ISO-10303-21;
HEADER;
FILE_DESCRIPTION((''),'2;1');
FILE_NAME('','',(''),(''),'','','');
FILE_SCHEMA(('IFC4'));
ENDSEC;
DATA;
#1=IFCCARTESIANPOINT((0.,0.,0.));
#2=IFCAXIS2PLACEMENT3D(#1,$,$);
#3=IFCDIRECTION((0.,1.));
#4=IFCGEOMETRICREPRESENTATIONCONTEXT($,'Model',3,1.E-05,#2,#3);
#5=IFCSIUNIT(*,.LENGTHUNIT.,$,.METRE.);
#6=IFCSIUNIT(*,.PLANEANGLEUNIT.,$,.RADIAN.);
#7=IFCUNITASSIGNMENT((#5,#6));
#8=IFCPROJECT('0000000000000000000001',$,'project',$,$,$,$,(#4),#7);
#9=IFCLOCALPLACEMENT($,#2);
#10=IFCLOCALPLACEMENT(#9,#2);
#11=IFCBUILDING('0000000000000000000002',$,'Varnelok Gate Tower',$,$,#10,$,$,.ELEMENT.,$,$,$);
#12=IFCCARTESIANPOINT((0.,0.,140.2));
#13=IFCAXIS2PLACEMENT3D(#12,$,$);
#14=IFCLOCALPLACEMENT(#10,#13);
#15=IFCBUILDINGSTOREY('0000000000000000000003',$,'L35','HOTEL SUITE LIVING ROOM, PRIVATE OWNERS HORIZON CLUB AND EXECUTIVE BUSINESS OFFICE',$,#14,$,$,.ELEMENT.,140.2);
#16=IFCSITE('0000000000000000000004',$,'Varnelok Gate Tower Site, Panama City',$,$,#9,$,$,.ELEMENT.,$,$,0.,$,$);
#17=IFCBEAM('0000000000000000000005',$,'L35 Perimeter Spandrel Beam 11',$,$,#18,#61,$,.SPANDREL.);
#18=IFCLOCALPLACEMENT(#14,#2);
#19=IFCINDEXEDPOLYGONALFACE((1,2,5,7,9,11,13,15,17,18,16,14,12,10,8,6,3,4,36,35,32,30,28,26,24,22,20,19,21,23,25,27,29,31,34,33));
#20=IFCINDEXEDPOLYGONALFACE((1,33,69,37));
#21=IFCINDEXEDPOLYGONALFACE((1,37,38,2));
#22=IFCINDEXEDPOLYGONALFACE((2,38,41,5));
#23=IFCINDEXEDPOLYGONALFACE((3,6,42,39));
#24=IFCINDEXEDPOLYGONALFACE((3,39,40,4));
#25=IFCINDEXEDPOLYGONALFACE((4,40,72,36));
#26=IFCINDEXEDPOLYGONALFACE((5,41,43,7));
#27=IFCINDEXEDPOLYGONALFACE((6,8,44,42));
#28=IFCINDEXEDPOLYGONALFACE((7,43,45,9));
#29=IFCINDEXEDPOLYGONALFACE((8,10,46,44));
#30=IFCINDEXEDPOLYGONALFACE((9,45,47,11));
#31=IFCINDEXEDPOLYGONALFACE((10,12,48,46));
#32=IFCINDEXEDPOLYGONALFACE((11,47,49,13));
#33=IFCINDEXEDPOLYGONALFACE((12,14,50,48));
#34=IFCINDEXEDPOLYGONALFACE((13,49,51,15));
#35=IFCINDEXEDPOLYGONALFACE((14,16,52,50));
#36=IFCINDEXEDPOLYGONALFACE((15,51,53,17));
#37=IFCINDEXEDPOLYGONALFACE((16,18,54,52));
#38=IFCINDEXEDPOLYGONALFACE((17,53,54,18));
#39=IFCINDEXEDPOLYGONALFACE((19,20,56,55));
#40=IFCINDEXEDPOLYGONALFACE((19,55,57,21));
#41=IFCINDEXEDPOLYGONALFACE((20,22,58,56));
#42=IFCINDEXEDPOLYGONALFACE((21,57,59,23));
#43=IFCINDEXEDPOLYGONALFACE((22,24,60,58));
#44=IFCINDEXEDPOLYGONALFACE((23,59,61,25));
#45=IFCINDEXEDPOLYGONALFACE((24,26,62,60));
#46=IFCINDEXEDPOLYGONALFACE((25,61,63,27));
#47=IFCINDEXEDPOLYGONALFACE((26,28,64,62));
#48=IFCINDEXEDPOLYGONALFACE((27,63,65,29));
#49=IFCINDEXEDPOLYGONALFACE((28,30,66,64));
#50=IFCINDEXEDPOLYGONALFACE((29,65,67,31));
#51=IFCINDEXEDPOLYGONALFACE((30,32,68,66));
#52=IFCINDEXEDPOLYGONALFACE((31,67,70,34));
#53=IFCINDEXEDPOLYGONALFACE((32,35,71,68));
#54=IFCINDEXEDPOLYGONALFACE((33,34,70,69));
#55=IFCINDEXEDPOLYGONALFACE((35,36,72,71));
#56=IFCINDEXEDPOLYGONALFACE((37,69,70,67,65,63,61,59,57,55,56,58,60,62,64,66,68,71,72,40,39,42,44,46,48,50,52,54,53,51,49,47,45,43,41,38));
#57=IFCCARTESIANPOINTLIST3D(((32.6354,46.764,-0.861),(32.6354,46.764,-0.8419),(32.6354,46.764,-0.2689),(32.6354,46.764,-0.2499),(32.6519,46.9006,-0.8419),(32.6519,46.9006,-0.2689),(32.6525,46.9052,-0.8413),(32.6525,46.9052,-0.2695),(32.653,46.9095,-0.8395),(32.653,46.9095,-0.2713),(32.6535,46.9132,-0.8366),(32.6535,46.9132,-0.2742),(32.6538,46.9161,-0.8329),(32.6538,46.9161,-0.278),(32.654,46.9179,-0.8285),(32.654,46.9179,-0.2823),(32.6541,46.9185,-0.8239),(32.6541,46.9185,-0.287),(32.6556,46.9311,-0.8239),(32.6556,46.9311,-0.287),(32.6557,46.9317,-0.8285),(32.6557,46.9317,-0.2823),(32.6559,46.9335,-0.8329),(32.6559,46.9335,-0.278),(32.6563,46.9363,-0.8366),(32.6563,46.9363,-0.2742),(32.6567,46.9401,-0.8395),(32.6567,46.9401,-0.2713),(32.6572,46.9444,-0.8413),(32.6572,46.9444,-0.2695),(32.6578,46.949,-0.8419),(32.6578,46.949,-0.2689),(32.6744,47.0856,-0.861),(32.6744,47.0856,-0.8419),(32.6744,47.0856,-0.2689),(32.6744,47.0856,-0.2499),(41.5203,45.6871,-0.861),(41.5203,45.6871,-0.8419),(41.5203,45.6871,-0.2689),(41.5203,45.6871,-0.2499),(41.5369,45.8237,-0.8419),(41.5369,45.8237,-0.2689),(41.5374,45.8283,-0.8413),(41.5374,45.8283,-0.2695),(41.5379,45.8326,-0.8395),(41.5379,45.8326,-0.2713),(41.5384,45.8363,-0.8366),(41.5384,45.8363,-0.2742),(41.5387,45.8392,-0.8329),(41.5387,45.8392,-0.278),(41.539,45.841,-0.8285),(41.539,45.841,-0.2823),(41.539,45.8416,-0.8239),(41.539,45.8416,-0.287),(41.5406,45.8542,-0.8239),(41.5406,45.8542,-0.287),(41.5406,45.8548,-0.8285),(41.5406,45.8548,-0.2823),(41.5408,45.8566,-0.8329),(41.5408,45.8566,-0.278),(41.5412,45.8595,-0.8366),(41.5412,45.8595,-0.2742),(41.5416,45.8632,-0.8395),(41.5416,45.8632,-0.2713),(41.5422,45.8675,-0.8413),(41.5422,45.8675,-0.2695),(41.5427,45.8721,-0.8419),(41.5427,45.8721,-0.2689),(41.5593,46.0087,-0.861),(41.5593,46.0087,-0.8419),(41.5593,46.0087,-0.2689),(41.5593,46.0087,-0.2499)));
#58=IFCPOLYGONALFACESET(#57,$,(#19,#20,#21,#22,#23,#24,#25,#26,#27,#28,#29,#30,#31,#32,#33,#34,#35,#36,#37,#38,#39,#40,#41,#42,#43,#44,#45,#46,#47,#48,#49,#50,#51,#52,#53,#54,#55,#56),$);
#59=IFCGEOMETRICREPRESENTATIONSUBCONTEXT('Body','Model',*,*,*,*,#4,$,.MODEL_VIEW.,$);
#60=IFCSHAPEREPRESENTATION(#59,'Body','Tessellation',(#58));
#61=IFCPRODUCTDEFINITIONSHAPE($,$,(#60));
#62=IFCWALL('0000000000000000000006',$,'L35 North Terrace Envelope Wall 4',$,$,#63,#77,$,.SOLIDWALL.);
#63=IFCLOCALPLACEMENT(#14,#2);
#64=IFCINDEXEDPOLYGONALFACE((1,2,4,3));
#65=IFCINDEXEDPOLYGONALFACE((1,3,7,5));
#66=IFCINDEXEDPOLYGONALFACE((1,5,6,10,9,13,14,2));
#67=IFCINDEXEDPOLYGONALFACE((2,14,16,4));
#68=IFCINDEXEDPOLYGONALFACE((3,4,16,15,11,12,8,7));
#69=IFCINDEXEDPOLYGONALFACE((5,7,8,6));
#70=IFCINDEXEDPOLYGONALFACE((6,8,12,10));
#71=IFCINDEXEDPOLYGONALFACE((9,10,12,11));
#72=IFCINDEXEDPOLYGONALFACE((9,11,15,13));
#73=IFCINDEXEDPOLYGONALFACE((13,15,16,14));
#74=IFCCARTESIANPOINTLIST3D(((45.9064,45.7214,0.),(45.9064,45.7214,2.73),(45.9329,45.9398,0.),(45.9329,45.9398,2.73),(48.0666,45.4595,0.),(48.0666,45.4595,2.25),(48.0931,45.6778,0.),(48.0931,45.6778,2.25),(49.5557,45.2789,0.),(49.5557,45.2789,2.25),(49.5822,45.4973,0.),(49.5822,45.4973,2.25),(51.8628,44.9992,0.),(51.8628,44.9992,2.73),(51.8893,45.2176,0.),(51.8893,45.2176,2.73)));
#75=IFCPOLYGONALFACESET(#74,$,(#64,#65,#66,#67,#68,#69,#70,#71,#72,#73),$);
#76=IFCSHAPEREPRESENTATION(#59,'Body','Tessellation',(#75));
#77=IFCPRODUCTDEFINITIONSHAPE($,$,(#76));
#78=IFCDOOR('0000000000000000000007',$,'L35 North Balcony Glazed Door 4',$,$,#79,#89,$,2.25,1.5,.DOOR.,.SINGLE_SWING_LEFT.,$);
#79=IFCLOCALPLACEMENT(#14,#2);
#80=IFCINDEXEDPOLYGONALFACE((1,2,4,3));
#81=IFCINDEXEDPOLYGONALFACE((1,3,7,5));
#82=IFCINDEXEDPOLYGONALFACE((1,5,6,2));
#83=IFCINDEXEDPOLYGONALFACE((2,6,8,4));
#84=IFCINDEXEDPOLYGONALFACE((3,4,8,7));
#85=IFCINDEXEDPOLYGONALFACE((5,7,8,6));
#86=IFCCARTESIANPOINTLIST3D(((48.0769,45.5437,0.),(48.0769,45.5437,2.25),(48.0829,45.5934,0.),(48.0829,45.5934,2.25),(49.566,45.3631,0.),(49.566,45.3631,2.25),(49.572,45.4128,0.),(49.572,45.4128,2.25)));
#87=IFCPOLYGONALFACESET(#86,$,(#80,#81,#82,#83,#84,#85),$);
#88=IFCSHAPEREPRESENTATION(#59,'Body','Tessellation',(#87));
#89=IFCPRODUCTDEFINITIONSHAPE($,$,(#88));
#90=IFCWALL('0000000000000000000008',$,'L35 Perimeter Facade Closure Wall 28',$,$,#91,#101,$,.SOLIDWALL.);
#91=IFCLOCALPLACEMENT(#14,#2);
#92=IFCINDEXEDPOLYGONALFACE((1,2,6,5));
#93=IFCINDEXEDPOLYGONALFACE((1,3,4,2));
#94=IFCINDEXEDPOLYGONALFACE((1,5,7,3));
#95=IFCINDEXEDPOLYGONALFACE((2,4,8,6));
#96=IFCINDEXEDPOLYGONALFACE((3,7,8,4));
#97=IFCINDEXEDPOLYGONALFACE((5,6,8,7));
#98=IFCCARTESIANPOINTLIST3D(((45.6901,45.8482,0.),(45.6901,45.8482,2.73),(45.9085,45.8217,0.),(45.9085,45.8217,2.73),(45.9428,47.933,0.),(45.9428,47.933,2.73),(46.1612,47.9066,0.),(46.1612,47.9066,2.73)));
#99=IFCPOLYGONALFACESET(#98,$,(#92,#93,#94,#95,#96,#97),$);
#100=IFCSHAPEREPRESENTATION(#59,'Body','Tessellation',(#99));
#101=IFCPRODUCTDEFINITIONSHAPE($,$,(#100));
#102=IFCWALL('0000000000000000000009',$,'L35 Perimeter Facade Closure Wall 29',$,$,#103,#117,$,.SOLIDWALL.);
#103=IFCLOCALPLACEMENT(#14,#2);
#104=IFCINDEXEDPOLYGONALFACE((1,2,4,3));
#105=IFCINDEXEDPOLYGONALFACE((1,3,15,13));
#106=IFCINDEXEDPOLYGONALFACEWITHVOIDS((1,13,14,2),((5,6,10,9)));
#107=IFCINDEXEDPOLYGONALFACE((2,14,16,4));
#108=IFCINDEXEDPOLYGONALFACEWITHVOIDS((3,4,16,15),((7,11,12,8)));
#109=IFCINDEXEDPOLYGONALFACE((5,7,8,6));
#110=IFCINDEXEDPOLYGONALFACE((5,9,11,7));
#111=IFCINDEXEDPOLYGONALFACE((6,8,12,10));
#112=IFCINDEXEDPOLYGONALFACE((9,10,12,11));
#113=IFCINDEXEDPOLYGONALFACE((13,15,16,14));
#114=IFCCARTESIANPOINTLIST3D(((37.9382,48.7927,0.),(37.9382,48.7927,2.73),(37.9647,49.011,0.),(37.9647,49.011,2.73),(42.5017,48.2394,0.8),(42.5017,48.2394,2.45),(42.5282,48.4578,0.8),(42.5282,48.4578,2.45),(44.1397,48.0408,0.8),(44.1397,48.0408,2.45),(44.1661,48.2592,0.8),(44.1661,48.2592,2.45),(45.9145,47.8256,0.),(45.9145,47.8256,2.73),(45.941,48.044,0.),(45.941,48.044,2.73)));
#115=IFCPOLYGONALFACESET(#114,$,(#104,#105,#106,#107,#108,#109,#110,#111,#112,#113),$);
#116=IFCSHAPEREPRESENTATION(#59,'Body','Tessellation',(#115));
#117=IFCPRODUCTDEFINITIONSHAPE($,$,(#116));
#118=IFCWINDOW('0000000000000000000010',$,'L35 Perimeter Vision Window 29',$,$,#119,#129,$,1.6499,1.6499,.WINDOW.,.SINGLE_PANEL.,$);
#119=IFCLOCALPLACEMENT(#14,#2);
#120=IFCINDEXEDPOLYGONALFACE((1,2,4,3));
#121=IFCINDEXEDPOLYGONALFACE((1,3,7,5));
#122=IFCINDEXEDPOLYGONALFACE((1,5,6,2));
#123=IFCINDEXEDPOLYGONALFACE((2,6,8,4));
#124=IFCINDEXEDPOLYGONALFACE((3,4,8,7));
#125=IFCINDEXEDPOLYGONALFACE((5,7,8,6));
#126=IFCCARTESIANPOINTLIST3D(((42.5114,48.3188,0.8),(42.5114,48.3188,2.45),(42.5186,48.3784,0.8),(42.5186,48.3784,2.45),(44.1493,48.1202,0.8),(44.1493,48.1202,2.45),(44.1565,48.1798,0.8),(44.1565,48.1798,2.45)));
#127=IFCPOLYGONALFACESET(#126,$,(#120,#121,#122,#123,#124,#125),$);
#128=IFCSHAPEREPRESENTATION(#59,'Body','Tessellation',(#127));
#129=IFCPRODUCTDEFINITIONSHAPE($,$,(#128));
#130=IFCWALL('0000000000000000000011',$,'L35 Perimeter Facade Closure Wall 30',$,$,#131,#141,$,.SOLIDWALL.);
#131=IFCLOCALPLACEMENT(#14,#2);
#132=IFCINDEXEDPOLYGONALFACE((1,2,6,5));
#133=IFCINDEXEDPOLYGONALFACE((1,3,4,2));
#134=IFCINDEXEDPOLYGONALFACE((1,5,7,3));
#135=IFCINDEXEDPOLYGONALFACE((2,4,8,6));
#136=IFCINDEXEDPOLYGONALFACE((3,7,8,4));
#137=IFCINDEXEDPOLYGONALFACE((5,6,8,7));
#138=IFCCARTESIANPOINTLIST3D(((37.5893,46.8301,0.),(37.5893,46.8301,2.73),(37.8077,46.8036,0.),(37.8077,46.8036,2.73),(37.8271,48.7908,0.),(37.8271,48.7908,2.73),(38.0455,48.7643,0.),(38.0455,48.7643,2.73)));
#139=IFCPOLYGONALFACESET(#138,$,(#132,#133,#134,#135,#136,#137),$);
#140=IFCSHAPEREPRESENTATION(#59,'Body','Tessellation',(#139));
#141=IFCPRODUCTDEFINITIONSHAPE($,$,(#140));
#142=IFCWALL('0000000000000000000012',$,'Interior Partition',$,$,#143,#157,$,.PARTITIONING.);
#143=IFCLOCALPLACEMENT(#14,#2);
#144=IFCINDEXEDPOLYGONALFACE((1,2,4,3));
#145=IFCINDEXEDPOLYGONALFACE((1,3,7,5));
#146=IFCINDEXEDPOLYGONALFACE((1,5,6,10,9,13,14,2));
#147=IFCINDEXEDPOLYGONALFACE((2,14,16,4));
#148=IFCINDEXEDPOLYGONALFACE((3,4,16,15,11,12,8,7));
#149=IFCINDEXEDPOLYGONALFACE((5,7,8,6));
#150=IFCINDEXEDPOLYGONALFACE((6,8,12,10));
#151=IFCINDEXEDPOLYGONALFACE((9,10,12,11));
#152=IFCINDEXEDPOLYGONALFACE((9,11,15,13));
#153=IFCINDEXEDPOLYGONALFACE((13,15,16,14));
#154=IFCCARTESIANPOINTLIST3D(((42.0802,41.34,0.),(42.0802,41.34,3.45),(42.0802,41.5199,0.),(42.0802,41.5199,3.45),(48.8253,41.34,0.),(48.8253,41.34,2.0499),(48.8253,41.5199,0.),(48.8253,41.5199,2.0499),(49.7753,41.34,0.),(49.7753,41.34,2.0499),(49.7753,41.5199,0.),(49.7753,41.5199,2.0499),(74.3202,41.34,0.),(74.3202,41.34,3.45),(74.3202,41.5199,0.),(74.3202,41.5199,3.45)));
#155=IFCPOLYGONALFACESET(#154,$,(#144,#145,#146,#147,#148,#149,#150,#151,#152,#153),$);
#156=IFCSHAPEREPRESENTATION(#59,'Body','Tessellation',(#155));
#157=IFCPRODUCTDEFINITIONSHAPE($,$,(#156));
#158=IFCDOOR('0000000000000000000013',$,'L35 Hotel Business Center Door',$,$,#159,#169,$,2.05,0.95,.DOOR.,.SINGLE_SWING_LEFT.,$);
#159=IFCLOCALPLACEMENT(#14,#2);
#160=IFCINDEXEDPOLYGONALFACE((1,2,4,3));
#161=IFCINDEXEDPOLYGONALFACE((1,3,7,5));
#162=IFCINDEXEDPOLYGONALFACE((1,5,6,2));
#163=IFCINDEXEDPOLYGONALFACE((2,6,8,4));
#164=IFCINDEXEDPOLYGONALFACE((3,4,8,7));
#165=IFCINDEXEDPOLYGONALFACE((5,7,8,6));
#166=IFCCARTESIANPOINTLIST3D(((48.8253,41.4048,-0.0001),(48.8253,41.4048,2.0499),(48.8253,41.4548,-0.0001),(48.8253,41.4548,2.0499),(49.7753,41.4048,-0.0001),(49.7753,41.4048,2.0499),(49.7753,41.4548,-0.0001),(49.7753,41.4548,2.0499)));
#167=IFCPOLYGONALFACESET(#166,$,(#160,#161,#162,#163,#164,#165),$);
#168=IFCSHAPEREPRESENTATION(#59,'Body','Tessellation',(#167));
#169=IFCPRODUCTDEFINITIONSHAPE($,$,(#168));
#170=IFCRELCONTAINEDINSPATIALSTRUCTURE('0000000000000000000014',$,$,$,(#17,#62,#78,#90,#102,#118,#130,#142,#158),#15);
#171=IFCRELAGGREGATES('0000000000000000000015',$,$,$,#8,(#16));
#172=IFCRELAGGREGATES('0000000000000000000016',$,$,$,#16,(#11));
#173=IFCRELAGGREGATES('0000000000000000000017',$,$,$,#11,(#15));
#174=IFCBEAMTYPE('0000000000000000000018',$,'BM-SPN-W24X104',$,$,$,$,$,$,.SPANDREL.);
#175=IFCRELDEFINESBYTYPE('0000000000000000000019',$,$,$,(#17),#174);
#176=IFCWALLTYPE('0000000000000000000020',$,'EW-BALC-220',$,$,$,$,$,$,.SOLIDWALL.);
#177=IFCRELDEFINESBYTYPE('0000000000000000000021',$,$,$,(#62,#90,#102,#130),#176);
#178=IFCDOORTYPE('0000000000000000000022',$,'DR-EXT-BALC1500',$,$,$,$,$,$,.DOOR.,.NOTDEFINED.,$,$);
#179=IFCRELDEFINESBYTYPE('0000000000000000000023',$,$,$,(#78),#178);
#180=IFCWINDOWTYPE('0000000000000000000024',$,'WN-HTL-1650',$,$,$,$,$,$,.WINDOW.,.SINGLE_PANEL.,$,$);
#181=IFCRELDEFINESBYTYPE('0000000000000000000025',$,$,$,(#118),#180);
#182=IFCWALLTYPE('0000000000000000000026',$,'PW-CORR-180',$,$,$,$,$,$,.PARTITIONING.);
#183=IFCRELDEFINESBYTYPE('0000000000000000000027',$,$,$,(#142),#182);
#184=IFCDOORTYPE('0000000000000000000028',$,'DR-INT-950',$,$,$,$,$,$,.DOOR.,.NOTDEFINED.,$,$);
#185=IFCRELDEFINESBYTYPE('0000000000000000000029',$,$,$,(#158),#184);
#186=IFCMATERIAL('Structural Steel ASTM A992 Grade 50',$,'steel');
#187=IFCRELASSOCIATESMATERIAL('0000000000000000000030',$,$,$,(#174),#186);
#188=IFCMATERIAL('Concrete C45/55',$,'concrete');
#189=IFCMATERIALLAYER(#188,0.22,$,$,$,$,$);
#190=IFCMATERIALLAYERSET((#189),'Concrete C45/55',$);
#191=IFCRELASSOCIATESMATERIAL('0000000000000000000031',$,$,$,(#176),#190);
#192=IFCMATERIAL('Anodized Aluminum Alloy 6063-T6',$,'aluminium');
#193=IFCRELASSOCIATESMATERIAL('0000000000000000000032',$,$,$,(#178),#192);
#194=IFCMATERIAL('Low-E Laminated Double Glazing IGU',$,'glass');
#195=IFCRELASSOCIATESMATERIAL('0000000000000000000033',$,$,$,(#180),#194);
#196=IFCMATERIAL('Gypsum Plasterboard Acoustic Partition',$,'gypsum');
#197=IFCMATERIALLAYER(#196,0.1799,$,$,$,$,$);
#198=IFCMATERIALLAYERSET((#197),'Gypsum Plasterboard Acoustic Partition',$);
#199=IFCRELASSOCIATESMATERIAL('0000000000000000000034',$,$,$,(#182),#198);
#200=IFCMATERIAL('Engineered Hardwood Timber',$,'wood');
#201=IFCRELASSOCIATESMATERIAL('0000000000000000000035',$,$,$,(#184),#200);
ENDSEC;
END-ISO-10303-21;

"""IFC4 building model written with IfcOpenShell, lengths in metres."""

from ifc_helpers import new_model, si_unit, direction, frame, frame_2d, origin, origin_2d, place, context, subcontext, project, spatial, rectangle, i_section, extrude, material, layer, layer_set, material_profile, profile_set, type_object, element, fill, save


model = new_model("IFC4")

# Units and contexts
model_context = context("Model", 3, precision=1e-05, world=origin(), true_north=direction((0.0, 1.0)))
body_context = subcontext(model_context, "Body", "Model", "MODEL_VIEW")
ifc_project = project(units=[si_unit("LENGTHUNIT", "METRE"), si_unit("PLANEANGLEUNIT", "RADIAN")], contexts=[model_context])

# Site, building, storey
site_placement = place(None, origin())
site = spatial("IfcSite", under=ifc_project, at=site_placement, Name="Varnelok Gate Tower Site, Panama City", CompositionType="ELEMENT", RefElevation=0.0)
building_placement = place(site_placement, origin())
building = spatial("IfcBuilding", under=site, at=building_placement, Name="Varnelok Gate Tower", CompositionType="ELEMENT")
storey_placement = place(building_placement, frame((0.0, 0.0, 140.2)))
storey = spatial("IfcBuildingStorey", under=building, at=storey_placement, Name="L35", Description="HOTEL SUITE LIVING ROOM, PRIVATE OWNERS HORIZON CLUB AND EXECUTIVE BUSINESS OFFICE", CompositionType="ELEMENT", Elevation=140.2)

# Shared definitions
ifc_material_1 = material(Name="Structural Steel ASTM A992 Grade 50", Category="steel")

# Beam
ifc_material_profile_1 = material_profile(ifc_material_1, i_section(OverallWidth=0.324, OverallDepth=0.6111, WebThickness=0.0127, FlangeThickness=0.019, FilletRadius=0.0181, at=origin_2d()), Name="W24X104")
ifc_profile_set_1 = profile_set([ifc_material_profile_1], Name="Structural Steel ASTM A992 Grade 50")
beam_type_1 = type_object("IfcBeamType", Name="BM-SPN-W24X104", PredefinedType="SPANDREL", material=ifc_profile_set_1)
beam_1_placement = place(storey_placement, frame((41.5398, 45.8479, -0.5554), z_axis=(-0.992735, 0.120324, 0.0), x_axis=(-0.120324, -0.992735, 0.0)))
element("IfcBeam", 1, at=beam_1_placement, inside=storey, type_object=beam_type_1, Name="L35 Perimeter Spandrel Beam 11", PredefinedType="SPANDREL", context=body_context, shape_type="SweptSolid", body=[
    extrude(i_section(OverallWidth=0.324, OverallDepth=0.6111, WebThickness=0.0127, FlangeThickness=0.019, FilletRadius=0.0181, at=origin_2d()), origin(), (0.0, 0.0, 1.0), 8.95),
])

# Wall, opening, door
ifc_material_2 = material(Name="Concrete C45/55", Category="concrete")
ifc_layer_1 = layer(ifc_material_2, 0.22)
ifc_layer_set_1 = layer_set([ifc_layer_1], Name="Concrete C45/55")
wall_type_1 = type_object("IfcWallType", Name="EW-BALC-220", PredefinedType="SOLIDWALL", material=ifc_layer_set_1)
wall_1_placement = place(storey_placement, frame((45.9197, 45.8306, 0.0), z_axis=(0.0, 0.0, 1.0), x_axis=(0.99273, -0.120363, 0.0)))
wall_1 = element("IfcWall", 2, at=wall_1_placement, inside=storey, type_object=wall_type_1, Name="L35 North Terrace Envelope Wall 4", PredefinedType="SOLIDWALL", context=body_context, shape_type="SweptSolid", body=[
    extrude(rectangle(XDim=6.0, YDim=0.22, at=frame_2d((3.0, 0.0))), origin(), (0.0, 0.0, 1.0), 2.73),
])
opening_1_placement = place(wall_1_placement, frame((2.176, 0.0, 0.0)))
opening_1 = element("IfcOpeningElement", 3, at=opening_1_placement, cuts=wall_1, PredefinedType="OPENING", context=body_context, shape_type="SweptSolid", body=[
    extrude(rectangle(XDim=1.5, YDim=2.25, at=frame_2d((0.75, 1.125))), frame((0.0, 0.1199, 0.0), z_axis=(0.0, -1.0, 0.0), x_axis=(1.0, 0.0, 0.0)), (0.0, 0.0, 1.0), 0.24),
])
ifc_material_3 = material(Name="Anodized Aluminum Alloy 6063-T6", Category="aluminium")
door_type_1 = type_object("IfcDoorType", Name="DR-EXT-BALC1500", OperationType="NOTDEFINED", PredefinedType="DOOR", material=ifc_material_3)
door_1_placement = place(opening_1_placement, origin())
door_1 = element("IfcDoor", 4, at=door_1_placement, inside=storey, type_object=door_type_1, Name="L35 North Balcony Glazed Door 4", OperationType="SINGLE_SWING_LEFT", OverallHeight=2.25, OverallWidth=1.5, PredefinedType="DOOR", context=body_context, shape_type="SweptSolid", body=[
    extrude(rectangle(XDim=1.5, YDim=2.25, at=frame_2d((0.75, 1.125))), frame((0.0, 0.0249, 0.0), z_axis=(0.0, -1.0, 0.0), x_axis=(1.0, 0.0, 0.0)), (0.0, 0.0, 1.0), 0.05),
])
fill(opening_1, door_1)

# Wall
wall_2_placement = place(storey_placement, frame((45.7993, 45.835, 0.0), z_axis=(0.0, 0.0, 1.0), x_axis=(0.120314, 0.992736, 0.0)))
element("IfcWall", 5, at=wall_2_placement, inside=storey, type_object=wall_type_1, Name="L35 Perimeter Facade Closure Wall 28", PredefinedType="SOLIDWALL", context=body_context, shape_type="SweptSolid", body=[
    extrude(rectangle(XDim=2.1001, YDim=0.22, at=frame_2d((1.05, 0.0))), origin(), (0.0, 0.0, 1.0), 2.73),
])

# Wall, opening, window
wall_3_placement = place(storey_placement, frame((45.9277, 47.9348, 0.0), z_axis=(0.0, 0.0, 1.0), x_axis=(-0.992731, 0.120358, 0.0)))
wall_3 = element("IfcWall", 6, at=wall_3_placement, inside=storey, type_object=wall_type_1, Name="L35 Perimeter Facade Closure Wall 29", PredefinedType="SOLIDWALL", context=body_context, shape_type="SweptSolid", body=[
    extrude(rectangle(XDim=8.0347, YDim=0.22, at=frame_2d((4.0173, 0.0))), origin(), (0.0, 0.0, 1.0), 2.73),
])
opening_2_placement = place(wall_3_placement, frame((1.7878, 0.0, 0.8)))
opening_2 = element("IfcOpeningElement", 7, at=opening_2_placement, cuts=wall_3, PredefinedType="OPENING", context=body_context, shape_type="SweptSolid", body=[
    extrude(rectangle(XDim=1.6499, YDim=1.6499, at=frame_2d((0.825, 0.825))), frame((0.0, 0.1199, 0.0), z_axis=(0.0, -1.0, 0.0), x_axis=(1.0, 0.0, 0.0)), (0.0, 0.0, 1.0), 0.24),
])
ifc_material_4 = material(Name="Low-E Laminated Double Glazing IGU", Category="glass")
window_type = type_object("IfcWindowType", Name="WN-HTL-1650", PartitioningType="SINGLE_PANEL", PredefinedType="WINDOW", material=ifc_material_4)
window_placement = place(opening_2_placement, origin())
window = element("IfcWindow", 8, at=window_placement, inside=storey, type_object=window_type, Name="L35 Perimeter Vision Window 29", OverallHeight=1.6499, OverallWidth=1.6499, PartitioningType="SINGLE_PANEL", PredefinedType="WINDOW", context=body_context, shape_type="SweptSolid", body=[
    extrude(rectangle(XDim=1.6499, YDim=1.6499, at=frame_2d((0.825, 0.825))), frame((0.0, 0.03, 0.0), z_axis=(0.0, -1.0, 0.0), x_axis=(1.0, 0.0, 0.0)), (0.0, 0.0, 1.0), 0.0601),
])
fill(opening_2, window)

# Wall
wall_4_placement = place(storey_placement, frame((37.9363, 48.7776, 0.0), z_axis=(0.0, 0.0, 1.0), x_axis=(-0.120398, -0.992726, 0.0)))
element("IfcWall", 9, at=wall_4_placement, inside=storey, type_object=wall_type_1, Name="L35 Perimeter Facade Closure Wall 30", PredefinedType="SOLIDWALL", context=body_context, shape_type="SweptSolid", body=[
    extrude(rectangle(XDim=1.9751, YDim=0.22, at=frame_2d((0.9875, 0.0))), origin(), (0.0, 0.0, 1.0), 2.73),
])

# Wall, opening, door
ifc_material_5 = material(Name="Gypsum Plasterboard Acoustic Partition", Category="gypsum")
ifc_layer_2 = layer(ifc_material_5, 0.1799)
ifc_layer_set_2 = layer_set([ifc_layer_2], Name="Gypsum Plasterboard Acoustic Partition")
wall_type_2 = type_object("IfcWallType", Name="PW-CORR-180", PredefinedType="PARTITIONING", material=ifc_layer_set_2)
wall_5_placement = place(storey_placement, frame((42.0801, 41.4299, 0.0), z_axis=(0.0, 0.0, 1.0), x_axis=(1.0, 0.0, 0.0)))
wall_5 = element("IfcWall", 10, at=wall_5_placement, inside=storey, type_object=wall_type_2, Name="Interior Partition", PredefinedType="PARTITIONING", context=body_context, shape_type="SweptSolid", body=[
    extrude(rectangle(XDim=32.24, YDim=0.1799, at=frame_2d((16.1201, 0.0))), origin(), (0.0, 0.0, 1.0), 3.45),
])
opening_3_placement = place(wall_5_placement, frame((6.7451, 0.0, 0.0)))
opening_3 = element("IfcOpeningElement", 11, at=opening_3_placement, cuts=wall_5, PredefinedType="OPENING", context=body_context, shape_type="SweptSolid", body=[
    extrude(rectangle(XDim=0.95, YDim=2.05, at=frame_2d((0.4751, 1.0249))), frame((0.0, 0.0999, 0.0), z_axis=(0.0, -1.0, 0.0), x_axis=(1.0, 0.0, 0.0)), (0.0, 0.0, 1.0), 0.2),
])
ifc_material_6 = material(Name="Engineered Hardwood Timber", Category="wood")
door_type_2 = type_object("IfcDoorType", Name="DR-INT-950", OperationType="NOTDEFINED", PredefinedType="DOOR", material=ifc_material_6)
door_2_placement = place(opening_3_placement, origin())
door_2 = element("IfcDoor", 12, at=door_2_placement, inside=storey, type_object=door_type_2, Name="L35 Hotel Business Center Door", OperationType="SINGLE_SWING_LEFT", OverallHeight=2.05, OverallWidth=0.95, PredefinedType="DOOR", context=body_context, shape_type="SweptSolid", body=[
    extrude(rectangle(XDim=0.95, YDim=2.05, at=frame_2d((0.4751, 1.0249))), frame((0.0, 0.0249, 0.0), z_axis=(0.0, -1.0, 0.0), x_axis=(1.0, 0.0, 0.0)), (0.0, 0.0, 1.0), 0.05),
])
fill(opening_3, door_2)

save(model, "model.ifc")
